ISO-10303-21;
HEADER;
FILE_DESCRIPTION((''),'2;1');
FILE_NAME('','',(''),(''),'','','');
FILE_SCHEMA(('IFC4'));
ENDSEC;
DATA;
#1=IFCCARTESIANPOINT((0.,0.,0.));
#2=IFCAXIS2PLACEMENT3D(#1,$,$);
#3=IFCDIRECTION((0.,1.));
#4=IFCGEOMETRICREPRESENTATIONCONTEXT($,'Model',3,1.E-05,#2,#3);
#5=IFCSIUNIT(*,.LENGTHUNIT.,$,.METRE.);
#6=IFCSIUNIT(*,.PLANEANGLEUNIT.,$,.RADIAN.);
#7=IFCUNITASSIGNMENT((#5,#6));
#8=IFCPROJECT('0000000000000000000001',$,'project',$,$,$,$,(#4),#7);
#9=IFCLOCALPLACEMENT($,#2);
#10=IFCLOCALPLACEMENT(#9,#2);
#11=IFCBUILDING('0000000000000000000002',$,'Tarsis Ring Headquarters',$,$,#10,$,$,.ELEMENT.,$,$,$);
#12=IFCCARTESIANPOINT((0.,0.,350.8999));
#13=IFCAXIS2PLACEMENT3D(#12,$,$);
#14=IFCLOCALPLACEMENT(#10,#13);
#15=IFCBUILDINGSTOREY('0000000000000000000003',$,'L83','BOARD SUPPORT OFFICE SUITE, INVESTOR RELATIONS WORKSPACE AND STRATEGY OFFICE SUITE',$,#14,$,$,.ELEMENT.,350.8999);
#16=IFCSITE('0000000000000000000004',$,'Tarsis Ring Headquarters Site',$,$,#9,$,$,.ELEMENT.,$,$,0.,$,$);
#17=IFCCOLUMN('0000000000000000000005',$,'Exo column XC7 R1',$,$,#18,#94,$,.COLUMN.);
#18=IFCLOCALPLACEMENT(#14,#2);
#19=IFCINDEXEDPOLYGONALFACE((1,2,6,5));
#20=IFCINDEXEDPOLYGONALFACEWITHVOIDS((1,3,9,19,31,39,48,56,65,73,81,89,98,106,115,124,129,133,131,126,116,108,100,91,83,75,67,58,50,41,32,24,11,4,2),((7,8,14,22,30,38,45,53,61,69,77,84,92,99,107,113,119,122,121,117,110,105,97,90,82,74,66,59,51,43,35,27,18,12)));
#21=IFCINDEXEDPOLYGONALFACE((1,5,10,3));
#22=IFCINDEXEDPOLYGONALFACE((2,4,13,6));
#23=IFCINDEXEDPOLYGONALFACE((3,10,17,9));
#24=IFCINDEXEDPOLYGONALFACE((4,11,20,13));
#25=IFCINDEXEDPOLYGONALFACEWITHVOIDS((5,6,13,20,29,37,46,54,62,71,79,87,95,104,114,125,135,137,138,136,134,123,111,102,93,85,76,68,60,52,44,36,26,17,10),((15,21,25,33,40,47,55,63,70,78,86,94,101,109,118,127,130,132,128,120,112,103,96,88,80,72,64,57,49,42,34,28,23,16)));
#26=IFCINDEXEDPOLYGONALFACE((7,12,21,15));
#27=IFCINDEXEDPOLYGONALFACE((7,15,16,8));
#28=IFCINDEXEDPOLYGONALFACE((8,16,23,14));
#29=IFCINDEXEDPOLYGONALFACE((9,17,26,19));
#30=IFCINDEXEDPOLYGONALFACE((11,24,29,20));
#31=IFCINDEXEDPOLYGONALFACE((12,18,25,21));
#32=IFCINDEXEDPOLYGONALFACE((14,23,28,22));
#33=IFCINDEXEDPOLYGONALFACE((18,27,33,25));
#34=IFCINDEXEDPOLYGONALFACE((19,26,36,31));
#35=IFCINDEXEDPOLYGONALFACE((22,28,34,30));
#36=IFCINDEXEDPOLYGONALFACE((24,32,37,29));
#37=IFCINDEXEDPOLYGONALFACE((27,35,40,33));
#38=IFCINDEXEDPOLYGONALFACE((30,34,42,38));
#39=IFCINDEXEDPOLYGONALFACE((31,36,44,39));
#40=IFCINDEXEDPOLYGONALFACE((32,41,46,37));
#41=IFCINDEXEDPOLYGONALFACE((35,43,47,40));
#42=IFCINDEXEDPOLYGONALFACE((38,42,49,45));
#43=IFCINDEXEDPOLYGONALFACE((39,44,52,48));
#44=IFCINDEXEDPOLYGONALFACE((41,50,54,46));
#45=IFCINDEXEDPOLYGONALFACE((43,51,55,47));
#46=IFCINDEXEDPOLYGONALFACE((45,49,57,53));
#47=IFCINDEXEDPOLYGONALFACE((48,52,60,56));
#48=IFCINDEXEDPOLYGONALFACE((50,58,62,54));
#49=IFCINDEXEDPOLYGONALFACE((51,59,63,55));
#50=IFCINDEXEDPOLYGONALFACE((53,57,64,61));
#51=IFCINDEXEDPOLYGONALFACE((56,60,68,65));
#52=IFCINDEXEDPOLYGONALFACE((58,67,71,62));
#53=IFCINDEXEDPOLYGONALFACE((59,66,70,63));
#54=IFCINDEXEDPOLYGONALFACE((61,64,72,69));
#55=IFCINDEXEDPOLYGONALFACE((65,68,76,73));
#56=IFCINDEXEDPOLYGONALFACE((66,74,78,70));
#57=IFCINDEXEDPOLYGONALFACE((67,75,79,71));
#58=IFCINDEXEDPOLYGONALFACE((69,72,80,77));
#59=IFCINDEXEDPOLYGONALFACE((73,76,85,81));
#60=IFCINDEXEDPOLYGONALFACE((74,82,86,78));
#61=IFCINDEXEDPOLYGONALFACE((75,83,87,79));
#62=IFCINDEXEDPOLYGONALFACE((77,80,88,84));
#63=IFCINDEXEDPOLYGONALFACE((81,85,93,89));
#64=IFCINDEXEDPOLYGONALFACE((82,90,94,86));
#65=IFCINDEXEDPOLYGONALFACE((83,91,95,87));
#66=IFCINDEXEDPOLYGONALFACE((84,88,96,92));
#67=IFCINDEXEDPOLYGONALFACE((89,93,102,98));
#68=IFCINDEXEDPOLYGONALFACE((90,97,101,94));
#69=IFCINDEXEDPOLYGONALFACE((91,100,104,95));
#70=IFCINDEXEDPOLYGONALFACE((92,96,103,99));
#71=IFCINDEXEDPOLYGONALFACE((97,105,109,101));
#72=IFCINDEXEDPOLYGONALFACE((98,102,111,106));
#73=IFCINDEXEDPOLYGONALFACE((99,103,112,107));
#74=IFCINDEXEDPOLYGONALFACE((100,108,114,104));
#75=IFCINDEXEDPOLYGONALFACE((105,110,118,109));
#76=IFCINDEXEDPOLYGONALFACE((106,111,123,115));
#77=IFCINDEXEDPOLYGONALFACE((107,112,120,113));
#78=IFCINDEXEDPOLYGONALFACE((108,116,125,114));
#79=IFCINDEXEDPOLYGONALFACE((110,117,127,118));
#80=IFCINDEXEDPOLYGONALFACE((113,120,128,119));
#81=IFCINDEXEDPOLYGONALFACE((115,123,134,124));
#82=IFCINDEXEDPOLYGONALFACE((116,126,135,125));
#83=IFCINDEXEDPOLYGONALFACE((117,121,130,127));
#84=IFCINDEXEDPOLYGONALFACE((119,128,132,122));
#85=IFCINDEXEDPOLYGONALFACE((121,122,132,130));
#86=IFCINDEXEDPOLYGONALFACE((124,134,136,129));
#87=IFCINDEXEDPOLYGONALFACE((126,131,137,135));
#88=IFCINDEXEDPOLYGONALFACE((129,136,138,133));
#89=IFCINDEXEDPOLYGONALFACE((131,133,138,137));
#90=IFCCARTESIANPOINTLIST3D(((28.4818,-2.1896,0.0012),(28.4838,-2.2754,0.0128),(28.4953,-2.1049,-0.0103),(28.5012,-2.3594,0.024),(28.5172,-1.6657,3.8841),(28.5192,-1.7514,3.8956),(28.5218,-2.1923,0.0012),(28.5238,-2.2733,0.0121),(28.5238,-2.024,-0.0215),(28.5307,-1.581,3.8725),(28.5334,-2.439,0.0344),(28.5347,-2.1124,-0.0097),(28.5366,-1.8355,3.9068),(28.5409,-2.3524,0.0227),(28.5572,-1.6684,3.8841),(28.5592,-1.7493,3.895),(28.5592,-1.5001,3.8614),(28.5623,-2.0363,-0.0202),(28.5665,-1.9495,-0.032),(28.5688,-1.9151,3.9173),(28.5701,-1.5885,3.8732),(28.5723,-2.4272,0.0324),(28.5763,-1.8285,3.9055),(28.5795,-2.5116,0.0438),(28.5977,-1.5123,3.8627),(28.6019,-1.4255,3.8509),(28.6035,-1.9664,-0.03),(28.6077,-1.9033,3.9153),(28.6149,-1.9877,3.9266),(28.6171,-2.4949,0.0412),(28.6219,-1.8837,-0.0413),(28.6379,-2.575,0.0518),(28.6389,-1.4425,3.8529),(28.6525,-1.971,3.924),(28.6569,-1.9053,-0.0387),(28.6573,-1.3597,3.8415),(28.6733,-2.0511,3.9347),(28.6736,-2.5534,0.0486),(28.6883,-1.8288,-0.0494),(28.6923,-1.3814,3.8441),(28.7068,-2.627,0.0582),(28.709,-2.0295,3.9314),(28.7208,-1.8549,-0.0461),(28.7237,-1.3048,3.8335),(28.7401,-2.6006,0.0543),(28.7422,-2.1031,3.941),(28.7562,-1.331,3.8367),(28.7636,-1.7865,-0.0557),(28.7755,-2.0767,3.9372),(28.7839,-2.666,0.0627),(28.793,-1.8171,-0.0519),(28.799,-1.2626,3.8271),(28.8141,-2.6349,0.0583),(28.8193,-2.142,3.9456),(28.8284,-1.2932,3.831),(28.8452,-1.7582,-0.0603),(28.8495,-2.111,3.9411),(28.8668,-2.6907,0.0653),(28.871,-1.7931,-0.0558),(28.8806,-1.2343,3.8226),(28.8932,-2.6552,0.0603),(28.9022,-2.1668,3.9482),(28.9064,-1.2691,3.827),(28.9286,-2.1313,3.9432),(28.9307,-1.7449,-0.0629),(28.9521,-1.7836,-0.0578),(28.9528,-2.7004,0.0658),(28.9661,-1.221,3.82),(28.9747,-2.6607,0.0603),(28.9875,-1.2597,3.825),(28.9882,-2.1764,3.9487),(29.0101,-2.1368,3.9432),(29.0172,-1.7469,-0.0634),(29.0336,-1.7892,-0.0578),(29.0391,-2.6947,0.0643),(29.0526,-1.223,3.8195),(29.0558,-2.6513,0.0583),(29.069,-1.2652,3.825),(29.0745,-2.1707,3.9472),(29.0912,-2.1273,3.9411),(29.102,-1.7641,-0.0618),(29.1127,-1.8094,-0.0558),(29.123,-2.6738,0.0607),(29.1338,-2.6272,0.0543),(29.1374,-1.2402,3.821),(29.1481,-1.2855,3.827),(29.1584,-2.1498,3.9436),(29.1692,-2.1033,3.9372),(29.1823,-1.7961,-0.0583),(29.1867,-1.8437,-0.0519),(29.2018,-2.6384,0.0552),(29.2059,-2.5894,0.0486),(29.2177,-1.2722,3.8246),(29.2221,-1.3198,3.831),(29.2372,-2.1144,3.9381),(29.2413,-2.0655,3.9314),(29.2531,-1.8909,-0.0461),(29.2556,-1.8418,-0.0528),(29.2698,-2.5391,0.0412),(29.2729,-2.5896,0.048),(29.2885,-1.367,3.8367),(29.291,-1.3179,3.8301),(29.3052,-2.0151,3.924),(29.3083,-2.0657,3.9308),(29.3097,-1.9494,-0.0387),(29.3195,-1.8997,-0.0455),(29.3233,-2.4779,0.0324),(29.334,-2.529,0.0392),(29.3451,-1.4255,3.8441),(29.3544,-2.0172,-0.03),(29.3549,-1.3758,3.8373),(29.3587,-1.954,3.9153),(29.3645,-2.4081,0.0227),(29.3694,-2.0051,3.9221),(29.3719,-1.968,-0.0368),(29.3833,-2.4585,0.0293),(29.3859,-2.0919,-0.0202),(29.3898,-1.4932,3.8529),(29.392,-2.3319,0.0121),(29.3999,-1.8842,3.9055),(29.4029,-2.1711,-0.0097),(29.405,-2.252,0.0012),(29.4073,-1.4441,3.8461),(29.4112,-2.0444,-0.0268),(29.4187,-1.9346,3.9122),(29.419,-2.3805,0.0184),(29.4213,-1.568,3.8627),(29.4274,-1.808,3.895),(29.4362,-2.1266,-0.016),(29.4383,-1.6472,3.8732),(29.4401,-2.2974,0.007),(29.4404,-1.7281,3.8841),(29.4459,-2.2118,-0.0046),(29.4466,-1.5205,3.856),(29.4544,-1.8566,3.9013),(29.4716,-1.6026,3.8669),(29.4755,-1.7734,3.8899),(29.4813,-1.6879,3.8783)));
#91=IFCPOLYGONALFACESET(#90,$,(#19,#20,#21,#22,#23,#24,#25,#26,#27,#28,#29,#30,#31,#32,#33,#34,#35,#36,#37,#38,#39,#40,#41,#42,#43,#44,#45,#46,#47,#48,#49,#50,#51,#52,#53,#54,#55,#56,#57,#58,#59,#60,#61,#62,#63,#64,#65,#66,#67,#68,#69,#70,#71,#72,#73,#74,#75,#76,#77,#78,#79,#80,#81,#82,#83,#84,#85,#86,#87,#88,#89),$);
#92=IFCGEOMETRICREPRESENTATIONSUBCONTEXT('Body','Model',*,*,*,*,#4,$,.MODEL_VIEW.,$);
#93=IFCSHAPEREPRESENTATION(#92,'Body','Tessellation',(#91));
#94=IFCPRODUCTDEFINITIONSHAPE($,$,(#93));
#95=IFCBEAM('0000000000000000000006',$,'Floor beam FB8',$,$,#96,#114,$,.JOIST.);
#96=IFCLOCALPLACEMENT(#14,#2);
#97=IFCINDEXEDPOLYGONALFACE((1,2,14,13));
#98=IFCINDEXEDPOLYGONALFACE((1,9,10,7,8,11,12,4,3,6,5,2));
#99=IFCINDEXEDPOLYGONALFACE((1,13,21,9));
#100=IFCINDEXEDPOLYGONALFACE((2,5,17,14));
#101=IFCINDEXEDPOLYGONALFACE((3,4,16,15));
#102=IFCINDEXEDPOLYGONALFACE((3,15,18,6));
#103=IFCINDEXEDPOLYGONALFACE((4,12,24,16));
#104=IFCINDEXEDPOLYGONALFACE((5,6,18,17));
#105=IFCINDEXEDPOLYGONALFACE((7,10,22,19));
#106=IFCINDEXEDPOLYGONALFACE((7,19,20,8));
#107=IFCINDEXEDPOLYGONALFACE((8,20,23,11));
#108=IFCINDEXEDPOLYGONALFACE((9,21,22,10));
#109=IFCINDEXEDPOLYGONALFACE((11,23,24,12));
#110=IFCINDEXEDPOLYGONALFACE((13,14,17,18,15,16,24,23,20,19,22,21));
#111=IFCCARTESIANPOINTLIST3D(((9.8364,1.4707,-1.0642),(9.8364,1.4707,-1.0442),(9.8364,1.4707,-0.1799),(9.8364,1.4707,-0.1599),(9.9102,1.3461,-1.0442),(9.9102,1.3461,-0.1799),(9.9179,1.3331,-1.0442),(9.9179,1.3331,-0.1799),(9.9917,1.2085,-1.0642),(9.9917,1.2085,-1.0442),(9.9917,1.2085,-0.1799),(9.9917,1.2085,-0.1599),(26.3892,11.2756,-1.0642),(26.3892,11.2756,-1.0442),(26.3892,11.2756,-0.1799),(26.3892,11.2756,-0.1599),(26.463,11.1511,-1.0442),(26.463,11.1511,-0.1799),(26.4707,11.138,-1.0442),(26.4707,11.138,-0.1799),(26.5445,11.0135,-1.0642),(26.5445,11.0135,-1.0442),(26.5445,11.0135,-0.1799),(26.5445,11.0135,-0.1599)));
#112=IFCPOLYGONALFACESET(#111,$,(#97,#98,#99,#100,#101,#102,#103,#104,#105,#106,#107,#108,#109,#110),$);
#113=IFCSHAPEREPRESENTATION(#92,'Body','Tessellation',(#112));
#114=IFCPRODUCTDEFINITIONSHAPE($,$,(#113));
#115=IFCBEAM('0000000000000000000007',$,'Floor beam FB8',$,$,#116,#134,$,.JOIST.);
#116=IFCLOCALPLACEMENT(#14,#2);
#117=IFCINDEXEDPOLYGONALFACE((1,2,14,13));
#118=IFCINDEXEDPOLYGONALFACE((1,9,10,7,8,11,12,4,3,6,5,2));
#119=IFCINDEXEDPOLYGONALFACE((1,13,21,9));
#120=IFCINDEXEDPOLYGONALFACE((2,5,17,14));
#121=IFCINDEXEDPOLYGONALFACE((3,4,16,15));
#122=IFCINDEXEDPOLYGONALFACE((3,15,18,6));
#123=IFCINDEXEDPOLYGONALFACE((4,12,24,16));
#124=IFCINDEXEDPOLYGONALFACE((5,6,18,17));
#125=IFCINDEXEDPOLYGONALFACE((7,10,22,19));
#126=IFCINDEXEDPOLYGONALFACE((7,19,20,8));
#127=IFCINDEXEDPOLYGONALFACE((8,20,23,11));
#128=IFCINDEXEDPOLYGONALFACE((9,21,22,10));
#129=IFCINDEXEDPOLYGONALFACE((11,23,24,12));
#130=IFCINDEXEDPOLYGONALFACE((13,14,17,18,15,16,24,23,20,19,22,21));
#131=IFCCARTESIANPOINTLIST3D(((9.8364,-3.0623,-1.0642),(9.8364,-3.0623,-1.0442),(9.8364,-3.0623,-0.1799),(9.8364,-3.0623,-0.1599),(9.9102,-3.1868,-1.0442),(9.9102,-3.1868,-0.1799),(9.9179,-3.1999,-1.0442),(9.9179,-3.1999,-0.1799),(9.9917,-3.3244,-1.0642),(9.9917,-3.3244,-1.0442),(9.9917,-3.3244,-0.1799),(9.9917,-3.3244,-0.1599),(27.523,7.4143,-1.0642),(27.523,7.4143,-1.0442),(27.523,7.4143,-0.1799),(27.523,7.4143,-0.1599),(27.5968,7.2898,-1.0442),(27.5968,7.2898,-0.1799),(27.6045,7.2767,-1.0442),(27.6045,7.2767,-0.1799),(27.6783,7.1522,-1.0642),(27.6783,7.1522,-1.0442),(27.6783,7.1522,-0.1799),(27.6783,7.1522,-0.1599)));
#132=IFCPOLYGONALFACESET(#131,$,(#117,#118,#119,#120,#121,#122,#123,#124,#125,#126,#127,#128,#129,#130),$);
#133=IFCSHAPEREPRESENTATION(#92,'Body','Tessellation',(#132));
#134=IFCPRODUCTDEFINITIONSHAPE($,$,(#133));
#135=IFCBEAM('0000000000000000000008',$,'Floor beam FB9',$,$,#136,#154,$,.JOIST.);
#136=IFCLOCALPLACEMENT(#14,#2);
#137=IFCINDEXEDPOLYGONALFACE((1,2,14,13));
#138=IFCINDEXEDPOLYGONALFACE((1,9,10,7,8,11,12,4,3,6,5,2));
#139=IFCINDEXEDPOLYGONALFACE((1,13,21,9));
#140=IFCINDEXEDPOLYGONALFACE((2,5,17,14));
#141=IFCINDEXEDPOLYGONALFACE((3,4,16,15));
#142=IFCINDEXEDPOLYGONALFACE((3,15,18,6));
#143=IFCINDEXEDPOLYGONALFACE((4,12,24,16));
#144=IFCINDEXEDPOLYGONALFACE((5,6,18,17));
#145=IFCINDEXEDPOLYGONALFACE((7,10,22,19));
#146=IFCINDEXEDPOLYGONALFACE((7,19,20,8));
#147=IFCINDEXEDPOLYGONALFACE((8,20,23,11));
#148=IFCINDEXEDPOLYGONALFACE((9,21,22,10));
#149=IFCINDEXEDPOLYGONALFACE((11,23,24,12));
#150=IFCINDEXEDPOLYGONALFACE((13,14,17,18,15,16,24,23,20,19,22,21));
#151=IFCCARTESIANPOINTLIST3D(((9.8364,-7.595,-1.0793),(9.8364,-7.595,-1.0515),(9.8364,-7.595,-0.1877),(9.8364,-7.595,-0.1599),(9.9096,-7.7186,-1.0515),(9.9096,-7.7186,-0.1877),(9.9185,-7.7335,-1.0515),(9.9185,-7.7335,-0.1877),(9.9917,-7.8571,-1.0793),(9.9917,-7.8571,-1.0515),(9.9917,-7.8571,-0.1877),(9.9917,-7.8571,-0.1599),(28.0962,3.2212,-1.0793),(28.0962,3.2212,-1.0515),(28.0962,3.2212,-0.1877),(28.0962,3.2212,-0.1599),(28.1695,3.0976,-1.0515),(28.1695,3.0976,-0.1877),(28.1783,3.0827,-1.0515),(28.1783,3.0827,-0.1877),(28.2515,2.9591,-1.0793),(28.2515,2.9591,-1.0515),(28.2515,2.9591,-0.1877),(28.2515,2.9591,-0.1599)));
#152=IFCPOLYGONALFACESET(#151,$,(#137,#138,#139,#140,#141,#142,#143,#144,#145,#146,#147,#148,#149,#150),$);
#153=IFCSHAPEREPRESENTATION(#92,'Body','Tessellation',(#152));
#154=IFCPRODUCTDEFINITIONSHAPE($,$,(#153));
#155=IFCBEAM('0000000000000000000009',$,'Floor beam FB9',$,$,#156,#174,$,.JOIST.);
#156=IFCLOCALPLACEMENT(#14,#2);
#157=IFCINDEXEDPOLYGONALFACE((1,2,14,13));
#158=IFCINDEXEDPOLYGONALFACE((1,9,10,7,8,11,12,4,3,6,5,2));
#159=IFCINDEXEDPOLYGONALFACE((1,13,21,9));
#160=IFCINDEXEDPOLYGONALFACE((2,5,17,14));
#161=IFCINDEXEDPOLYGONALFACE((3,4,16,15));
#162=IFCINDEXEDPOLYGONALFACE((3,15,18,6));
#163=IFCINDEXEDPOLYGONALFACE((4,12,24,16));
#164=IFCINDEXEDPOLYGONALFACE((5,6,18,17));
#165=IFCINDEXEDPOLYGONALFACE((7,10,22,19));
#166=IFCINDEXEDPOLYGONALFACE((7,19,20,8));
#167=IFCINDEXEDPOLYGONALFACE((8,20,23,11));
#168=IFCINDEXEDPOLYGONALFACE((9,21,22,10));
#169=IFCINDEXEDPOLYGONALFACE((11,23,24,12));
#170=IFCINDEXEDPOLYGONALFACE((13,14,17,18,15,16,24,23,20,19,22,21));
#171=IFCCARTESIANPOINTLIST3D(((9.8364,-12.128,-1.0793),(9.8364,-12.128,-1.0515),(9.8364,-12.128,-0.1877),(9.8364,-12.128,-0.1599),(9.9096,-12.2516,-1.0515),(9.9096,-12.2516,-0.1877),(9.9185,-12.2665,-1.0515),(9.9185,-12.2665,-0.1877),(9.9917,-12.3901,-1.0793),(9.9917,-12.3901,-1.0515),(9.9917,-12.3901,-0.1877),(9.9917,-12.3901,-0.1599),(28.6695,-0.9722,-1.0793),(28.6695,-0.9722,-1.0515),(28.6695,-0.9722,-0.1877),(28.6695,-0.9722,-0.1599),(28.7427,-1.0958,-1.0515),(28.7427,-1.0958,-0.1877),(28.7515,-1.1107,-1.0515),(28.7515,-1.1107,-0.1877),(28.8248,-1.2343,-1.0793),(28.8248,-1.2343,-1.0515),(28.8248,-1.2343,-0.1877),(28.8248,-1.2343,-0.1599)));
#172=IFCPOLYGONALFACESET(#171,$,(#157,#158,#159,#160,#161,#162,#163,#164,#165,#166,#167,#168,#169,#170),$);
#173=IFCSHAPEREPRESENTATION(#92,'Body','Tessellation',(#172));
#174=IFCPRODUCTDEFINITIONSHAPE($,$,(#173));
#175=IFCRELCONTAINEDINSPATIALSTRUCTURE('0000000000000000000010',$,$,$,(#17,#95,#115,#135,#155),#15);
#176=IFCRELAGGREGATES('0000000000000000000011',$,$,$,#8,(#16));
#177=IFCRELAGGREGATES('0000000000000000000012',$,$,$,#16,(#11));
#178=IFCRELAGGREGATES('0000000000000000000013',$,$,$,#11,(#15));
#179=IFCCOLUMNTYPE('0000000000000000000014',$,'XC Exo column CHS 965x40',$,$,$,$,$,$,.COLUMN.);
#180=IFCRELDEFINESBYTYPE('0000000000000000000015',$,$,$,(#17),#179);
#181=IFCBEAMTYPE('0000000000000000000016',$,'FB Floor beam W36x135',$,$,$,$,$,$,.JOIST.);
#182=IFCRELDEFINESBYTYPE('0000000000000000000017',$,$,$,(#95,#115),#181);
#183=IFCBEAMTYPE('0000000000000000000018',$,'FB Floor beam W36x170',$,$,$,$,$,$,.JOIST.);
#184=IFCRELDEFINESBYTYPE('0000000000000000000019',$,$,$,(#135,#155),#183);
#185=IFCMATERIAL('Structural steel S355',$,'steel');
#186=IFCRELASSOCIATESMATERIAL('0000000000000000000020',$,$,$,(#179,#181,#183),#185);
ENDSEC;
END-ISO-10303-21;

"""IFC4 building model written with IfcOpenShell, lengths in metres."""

from ifc_helpers import new_model, si_unit, direction, frame, origin, origin_2d, place, context, subcontext, project, spatial, hollow_circle, i_section, extrude, material, material_profile, profile_set, type_object, element, save


model = new_model("IFC4")

# Units and contexts
model_context = context("Model", 3, precision=1e-05, world=origin(), true_north=direction((0.0, 1.0)))
body_context = subcontext(model_context, "Body", "Model", "MODEL_VIEW")
ifc_project = project(units=[si_unit("LENGTHUNIT", "METRE"), si_unit("PLANEANGLEUNIT", "RADIAN")], contexts=[model_context])

# Site, building, storey
site_placement = place(None, origin())
site = spatial("IfcSite", under=ifc_project, at=site_placement, Name="Tarsis Ring Headquarters Site", CompositionType="ELEMENT", RefElevation=0.0)
building_placement = place(site_placement, origin())
building = spatial("IfcBuilding", under=site, at=building_placement, Name="Tarsis Ring Headquarters", CompositionType="ELEMENT")
storey_placement = place(building_placement, frame((0.0, 0.0, 350.8999)))
storey = spatial("IfcBuildingStorey", under=building, at=storey_placement, Name="L83", Description="BOARD SUPPORT OFFICE SUITE, INVESTOR RELATIONS WORKSPACE AND STRATEGY OFFICE SUITE", CompositionType="ELEMENT", Elevation=350.8999)

# Column
ifc_material_1 = material(Name="Structural steel S355", Category="steel")
ifc_material_profile_1 = material_profile(ifc_material_1, hollow_circle(Radius=0.4827, WallThickness=0.04, at=origin_2d()), Name="CHS 965x40")
ifc_profile_set_1 = profile_set([ifc_material_profile_1], Name="Structural steel S355")
column_type = type_object("IfcColumnType", Name="XC Exo column CHS 965x40", PredefinedType="COLUMN", material=ifc_profile_set_1)
column_placement = place(storey_placement, frame((28.9634, -2.2222, 0.0012), z_axis=(0.009035, 0.133717, 0.990978), x_axis=(-0.997725, 0.067414, 0.0)))
element("IfcColumn", 1, at=column_placement, inside=storey, type_object=column_type, Name="Exo column XC7 R1", PredefinedType="COLUMN", context=body_context, shape_type="SweptSolid", body=[
    extrude(hollow_circle(Radius=0.4827, WallThickness=0.04, at=origin_2d()), origin(), (0.0, 0.0, 1.0), 3.9182),
])

# Beams
ifc_material_profile_2 = material_profile(ifc_material_1, i_section(OverallWidth=0.3047, OverallDepth=0.9043, WebThickness=0.0151, FlangeThickness=0.02, at=origin_2d()), Name="W36x135")
ifc_profile_set_2 = profile_set([ifc_material_profile_2], Name="Structural steel S355")
beam_type_1 = type_object("IfcBeamType", Name="FB Floor beam W36x135", PredefinedType="JOIST", material=ifc_profile_set_2)
beam_1_placement = place(storey_placement, frame((9.9141, 1.3396, -0.6121), z_axis=(0.860385, 0.509645, 0.0), x_axis=(-0.509645, 0.860385, 0.0)))
element("IfcBeam", 2, at=beam_1_placement, inside=storey, type_object=beam_type_1, Name="Floor beam FB8", PredefinedType="JOIST", context=body_context, shape_type="SweptSolid", body=[
    extrude(i_section(OverallWidth=0.3047, OverallDepth=0.9043, WebThickness=0.0151, FlangeThickness=0.02, at=origin_2d()), origin(), (0.0, 0.0, 1.0), 19.2388),
])
beam_2_placement = place(storey_placement, frame((9.9141, -3.1934, -0.6121), z_axis=(0.860384, 0.509646, 0.0), x_axis=(-0.509646, 0.860384, 0.0)))
element("IfcBeam", 3, at=beam_2_placement, inside=storey, type_object=beam_type_1, Name="Floor beam FB8", PredefinedType="JOIST", context=body_context, shape_type="SweptSolid", body=[
    extrude(i_section(OverallWidth=0.3047, OverallDepth=0.9043, WebThickness=0.0151, FlangeThickness=0.02, at=origin_2d()), origin(), (0.0, 0.0, 1.0), 20.5566),
])
ifc_material_profile_3 = material_profile(ifc_material_1, i_section(OverallWidth=0.3047, OverallDepth=0.9194, WebThickness=0.0173, FlangeThickness=0.0278, at=origin_2d()), Name="W36x170")
ifc_profile_set_3 = profile_set([ifc_material_profile_3], Name="Structural steel S355")
beam_type_2 = type_object("IfcBeamType", Name="FB Floor beam W36x170", PredefinedType="JOIST", material=ifc_profile_set_3)
beam_3_placement = place(storey_placement, frame((9.9141, -7.7261, -0.6196), z_axis=(0.860383, 0.509648, 0.0), x_axis=(-0.509648, 0.860383, 0.0)))
element("IfcBeam", 4, at=beam_3_placement, inside=storey, type_object=beam_type_2, Name="Floor beam FB9", PredefinedType="JOIST", context=body_context, shape_type="SweptSolid", body=[
    extrude(i_section(OverallWidth=0.3047, OverallDepth=0.9194, WebThickness=0.0173, FlangeThickness=0.0278, at=origin_2d()), origin(), (0.0, 0.0, 1.0), 21.2229),
])
beam_4_placement = place(storey_placement, frame((9.9141, -12.259, -0.6196), z_axis=(0.860382, 0.509649, 0.0), x_axis=(-0.509649, 0.860382, 0.0)))
element("IfcBeam", 5, at=beam_4_placement, inside=storey, type_object=beam_type_2, Name="Floor beam FB9", PredefinedType="JOIST", context=body_context, shape_type="SweptSolid", body=[
    extrude(i_section(OverallWidth=0.3047, OverallDepth=0.9194, WebThickness=0.0173, FlangeThickness=0.0278, at=origin_2d()), origin(), (0.0, 0.0, 1.0), 21.8892),
])

save(model, "model.ifc")
